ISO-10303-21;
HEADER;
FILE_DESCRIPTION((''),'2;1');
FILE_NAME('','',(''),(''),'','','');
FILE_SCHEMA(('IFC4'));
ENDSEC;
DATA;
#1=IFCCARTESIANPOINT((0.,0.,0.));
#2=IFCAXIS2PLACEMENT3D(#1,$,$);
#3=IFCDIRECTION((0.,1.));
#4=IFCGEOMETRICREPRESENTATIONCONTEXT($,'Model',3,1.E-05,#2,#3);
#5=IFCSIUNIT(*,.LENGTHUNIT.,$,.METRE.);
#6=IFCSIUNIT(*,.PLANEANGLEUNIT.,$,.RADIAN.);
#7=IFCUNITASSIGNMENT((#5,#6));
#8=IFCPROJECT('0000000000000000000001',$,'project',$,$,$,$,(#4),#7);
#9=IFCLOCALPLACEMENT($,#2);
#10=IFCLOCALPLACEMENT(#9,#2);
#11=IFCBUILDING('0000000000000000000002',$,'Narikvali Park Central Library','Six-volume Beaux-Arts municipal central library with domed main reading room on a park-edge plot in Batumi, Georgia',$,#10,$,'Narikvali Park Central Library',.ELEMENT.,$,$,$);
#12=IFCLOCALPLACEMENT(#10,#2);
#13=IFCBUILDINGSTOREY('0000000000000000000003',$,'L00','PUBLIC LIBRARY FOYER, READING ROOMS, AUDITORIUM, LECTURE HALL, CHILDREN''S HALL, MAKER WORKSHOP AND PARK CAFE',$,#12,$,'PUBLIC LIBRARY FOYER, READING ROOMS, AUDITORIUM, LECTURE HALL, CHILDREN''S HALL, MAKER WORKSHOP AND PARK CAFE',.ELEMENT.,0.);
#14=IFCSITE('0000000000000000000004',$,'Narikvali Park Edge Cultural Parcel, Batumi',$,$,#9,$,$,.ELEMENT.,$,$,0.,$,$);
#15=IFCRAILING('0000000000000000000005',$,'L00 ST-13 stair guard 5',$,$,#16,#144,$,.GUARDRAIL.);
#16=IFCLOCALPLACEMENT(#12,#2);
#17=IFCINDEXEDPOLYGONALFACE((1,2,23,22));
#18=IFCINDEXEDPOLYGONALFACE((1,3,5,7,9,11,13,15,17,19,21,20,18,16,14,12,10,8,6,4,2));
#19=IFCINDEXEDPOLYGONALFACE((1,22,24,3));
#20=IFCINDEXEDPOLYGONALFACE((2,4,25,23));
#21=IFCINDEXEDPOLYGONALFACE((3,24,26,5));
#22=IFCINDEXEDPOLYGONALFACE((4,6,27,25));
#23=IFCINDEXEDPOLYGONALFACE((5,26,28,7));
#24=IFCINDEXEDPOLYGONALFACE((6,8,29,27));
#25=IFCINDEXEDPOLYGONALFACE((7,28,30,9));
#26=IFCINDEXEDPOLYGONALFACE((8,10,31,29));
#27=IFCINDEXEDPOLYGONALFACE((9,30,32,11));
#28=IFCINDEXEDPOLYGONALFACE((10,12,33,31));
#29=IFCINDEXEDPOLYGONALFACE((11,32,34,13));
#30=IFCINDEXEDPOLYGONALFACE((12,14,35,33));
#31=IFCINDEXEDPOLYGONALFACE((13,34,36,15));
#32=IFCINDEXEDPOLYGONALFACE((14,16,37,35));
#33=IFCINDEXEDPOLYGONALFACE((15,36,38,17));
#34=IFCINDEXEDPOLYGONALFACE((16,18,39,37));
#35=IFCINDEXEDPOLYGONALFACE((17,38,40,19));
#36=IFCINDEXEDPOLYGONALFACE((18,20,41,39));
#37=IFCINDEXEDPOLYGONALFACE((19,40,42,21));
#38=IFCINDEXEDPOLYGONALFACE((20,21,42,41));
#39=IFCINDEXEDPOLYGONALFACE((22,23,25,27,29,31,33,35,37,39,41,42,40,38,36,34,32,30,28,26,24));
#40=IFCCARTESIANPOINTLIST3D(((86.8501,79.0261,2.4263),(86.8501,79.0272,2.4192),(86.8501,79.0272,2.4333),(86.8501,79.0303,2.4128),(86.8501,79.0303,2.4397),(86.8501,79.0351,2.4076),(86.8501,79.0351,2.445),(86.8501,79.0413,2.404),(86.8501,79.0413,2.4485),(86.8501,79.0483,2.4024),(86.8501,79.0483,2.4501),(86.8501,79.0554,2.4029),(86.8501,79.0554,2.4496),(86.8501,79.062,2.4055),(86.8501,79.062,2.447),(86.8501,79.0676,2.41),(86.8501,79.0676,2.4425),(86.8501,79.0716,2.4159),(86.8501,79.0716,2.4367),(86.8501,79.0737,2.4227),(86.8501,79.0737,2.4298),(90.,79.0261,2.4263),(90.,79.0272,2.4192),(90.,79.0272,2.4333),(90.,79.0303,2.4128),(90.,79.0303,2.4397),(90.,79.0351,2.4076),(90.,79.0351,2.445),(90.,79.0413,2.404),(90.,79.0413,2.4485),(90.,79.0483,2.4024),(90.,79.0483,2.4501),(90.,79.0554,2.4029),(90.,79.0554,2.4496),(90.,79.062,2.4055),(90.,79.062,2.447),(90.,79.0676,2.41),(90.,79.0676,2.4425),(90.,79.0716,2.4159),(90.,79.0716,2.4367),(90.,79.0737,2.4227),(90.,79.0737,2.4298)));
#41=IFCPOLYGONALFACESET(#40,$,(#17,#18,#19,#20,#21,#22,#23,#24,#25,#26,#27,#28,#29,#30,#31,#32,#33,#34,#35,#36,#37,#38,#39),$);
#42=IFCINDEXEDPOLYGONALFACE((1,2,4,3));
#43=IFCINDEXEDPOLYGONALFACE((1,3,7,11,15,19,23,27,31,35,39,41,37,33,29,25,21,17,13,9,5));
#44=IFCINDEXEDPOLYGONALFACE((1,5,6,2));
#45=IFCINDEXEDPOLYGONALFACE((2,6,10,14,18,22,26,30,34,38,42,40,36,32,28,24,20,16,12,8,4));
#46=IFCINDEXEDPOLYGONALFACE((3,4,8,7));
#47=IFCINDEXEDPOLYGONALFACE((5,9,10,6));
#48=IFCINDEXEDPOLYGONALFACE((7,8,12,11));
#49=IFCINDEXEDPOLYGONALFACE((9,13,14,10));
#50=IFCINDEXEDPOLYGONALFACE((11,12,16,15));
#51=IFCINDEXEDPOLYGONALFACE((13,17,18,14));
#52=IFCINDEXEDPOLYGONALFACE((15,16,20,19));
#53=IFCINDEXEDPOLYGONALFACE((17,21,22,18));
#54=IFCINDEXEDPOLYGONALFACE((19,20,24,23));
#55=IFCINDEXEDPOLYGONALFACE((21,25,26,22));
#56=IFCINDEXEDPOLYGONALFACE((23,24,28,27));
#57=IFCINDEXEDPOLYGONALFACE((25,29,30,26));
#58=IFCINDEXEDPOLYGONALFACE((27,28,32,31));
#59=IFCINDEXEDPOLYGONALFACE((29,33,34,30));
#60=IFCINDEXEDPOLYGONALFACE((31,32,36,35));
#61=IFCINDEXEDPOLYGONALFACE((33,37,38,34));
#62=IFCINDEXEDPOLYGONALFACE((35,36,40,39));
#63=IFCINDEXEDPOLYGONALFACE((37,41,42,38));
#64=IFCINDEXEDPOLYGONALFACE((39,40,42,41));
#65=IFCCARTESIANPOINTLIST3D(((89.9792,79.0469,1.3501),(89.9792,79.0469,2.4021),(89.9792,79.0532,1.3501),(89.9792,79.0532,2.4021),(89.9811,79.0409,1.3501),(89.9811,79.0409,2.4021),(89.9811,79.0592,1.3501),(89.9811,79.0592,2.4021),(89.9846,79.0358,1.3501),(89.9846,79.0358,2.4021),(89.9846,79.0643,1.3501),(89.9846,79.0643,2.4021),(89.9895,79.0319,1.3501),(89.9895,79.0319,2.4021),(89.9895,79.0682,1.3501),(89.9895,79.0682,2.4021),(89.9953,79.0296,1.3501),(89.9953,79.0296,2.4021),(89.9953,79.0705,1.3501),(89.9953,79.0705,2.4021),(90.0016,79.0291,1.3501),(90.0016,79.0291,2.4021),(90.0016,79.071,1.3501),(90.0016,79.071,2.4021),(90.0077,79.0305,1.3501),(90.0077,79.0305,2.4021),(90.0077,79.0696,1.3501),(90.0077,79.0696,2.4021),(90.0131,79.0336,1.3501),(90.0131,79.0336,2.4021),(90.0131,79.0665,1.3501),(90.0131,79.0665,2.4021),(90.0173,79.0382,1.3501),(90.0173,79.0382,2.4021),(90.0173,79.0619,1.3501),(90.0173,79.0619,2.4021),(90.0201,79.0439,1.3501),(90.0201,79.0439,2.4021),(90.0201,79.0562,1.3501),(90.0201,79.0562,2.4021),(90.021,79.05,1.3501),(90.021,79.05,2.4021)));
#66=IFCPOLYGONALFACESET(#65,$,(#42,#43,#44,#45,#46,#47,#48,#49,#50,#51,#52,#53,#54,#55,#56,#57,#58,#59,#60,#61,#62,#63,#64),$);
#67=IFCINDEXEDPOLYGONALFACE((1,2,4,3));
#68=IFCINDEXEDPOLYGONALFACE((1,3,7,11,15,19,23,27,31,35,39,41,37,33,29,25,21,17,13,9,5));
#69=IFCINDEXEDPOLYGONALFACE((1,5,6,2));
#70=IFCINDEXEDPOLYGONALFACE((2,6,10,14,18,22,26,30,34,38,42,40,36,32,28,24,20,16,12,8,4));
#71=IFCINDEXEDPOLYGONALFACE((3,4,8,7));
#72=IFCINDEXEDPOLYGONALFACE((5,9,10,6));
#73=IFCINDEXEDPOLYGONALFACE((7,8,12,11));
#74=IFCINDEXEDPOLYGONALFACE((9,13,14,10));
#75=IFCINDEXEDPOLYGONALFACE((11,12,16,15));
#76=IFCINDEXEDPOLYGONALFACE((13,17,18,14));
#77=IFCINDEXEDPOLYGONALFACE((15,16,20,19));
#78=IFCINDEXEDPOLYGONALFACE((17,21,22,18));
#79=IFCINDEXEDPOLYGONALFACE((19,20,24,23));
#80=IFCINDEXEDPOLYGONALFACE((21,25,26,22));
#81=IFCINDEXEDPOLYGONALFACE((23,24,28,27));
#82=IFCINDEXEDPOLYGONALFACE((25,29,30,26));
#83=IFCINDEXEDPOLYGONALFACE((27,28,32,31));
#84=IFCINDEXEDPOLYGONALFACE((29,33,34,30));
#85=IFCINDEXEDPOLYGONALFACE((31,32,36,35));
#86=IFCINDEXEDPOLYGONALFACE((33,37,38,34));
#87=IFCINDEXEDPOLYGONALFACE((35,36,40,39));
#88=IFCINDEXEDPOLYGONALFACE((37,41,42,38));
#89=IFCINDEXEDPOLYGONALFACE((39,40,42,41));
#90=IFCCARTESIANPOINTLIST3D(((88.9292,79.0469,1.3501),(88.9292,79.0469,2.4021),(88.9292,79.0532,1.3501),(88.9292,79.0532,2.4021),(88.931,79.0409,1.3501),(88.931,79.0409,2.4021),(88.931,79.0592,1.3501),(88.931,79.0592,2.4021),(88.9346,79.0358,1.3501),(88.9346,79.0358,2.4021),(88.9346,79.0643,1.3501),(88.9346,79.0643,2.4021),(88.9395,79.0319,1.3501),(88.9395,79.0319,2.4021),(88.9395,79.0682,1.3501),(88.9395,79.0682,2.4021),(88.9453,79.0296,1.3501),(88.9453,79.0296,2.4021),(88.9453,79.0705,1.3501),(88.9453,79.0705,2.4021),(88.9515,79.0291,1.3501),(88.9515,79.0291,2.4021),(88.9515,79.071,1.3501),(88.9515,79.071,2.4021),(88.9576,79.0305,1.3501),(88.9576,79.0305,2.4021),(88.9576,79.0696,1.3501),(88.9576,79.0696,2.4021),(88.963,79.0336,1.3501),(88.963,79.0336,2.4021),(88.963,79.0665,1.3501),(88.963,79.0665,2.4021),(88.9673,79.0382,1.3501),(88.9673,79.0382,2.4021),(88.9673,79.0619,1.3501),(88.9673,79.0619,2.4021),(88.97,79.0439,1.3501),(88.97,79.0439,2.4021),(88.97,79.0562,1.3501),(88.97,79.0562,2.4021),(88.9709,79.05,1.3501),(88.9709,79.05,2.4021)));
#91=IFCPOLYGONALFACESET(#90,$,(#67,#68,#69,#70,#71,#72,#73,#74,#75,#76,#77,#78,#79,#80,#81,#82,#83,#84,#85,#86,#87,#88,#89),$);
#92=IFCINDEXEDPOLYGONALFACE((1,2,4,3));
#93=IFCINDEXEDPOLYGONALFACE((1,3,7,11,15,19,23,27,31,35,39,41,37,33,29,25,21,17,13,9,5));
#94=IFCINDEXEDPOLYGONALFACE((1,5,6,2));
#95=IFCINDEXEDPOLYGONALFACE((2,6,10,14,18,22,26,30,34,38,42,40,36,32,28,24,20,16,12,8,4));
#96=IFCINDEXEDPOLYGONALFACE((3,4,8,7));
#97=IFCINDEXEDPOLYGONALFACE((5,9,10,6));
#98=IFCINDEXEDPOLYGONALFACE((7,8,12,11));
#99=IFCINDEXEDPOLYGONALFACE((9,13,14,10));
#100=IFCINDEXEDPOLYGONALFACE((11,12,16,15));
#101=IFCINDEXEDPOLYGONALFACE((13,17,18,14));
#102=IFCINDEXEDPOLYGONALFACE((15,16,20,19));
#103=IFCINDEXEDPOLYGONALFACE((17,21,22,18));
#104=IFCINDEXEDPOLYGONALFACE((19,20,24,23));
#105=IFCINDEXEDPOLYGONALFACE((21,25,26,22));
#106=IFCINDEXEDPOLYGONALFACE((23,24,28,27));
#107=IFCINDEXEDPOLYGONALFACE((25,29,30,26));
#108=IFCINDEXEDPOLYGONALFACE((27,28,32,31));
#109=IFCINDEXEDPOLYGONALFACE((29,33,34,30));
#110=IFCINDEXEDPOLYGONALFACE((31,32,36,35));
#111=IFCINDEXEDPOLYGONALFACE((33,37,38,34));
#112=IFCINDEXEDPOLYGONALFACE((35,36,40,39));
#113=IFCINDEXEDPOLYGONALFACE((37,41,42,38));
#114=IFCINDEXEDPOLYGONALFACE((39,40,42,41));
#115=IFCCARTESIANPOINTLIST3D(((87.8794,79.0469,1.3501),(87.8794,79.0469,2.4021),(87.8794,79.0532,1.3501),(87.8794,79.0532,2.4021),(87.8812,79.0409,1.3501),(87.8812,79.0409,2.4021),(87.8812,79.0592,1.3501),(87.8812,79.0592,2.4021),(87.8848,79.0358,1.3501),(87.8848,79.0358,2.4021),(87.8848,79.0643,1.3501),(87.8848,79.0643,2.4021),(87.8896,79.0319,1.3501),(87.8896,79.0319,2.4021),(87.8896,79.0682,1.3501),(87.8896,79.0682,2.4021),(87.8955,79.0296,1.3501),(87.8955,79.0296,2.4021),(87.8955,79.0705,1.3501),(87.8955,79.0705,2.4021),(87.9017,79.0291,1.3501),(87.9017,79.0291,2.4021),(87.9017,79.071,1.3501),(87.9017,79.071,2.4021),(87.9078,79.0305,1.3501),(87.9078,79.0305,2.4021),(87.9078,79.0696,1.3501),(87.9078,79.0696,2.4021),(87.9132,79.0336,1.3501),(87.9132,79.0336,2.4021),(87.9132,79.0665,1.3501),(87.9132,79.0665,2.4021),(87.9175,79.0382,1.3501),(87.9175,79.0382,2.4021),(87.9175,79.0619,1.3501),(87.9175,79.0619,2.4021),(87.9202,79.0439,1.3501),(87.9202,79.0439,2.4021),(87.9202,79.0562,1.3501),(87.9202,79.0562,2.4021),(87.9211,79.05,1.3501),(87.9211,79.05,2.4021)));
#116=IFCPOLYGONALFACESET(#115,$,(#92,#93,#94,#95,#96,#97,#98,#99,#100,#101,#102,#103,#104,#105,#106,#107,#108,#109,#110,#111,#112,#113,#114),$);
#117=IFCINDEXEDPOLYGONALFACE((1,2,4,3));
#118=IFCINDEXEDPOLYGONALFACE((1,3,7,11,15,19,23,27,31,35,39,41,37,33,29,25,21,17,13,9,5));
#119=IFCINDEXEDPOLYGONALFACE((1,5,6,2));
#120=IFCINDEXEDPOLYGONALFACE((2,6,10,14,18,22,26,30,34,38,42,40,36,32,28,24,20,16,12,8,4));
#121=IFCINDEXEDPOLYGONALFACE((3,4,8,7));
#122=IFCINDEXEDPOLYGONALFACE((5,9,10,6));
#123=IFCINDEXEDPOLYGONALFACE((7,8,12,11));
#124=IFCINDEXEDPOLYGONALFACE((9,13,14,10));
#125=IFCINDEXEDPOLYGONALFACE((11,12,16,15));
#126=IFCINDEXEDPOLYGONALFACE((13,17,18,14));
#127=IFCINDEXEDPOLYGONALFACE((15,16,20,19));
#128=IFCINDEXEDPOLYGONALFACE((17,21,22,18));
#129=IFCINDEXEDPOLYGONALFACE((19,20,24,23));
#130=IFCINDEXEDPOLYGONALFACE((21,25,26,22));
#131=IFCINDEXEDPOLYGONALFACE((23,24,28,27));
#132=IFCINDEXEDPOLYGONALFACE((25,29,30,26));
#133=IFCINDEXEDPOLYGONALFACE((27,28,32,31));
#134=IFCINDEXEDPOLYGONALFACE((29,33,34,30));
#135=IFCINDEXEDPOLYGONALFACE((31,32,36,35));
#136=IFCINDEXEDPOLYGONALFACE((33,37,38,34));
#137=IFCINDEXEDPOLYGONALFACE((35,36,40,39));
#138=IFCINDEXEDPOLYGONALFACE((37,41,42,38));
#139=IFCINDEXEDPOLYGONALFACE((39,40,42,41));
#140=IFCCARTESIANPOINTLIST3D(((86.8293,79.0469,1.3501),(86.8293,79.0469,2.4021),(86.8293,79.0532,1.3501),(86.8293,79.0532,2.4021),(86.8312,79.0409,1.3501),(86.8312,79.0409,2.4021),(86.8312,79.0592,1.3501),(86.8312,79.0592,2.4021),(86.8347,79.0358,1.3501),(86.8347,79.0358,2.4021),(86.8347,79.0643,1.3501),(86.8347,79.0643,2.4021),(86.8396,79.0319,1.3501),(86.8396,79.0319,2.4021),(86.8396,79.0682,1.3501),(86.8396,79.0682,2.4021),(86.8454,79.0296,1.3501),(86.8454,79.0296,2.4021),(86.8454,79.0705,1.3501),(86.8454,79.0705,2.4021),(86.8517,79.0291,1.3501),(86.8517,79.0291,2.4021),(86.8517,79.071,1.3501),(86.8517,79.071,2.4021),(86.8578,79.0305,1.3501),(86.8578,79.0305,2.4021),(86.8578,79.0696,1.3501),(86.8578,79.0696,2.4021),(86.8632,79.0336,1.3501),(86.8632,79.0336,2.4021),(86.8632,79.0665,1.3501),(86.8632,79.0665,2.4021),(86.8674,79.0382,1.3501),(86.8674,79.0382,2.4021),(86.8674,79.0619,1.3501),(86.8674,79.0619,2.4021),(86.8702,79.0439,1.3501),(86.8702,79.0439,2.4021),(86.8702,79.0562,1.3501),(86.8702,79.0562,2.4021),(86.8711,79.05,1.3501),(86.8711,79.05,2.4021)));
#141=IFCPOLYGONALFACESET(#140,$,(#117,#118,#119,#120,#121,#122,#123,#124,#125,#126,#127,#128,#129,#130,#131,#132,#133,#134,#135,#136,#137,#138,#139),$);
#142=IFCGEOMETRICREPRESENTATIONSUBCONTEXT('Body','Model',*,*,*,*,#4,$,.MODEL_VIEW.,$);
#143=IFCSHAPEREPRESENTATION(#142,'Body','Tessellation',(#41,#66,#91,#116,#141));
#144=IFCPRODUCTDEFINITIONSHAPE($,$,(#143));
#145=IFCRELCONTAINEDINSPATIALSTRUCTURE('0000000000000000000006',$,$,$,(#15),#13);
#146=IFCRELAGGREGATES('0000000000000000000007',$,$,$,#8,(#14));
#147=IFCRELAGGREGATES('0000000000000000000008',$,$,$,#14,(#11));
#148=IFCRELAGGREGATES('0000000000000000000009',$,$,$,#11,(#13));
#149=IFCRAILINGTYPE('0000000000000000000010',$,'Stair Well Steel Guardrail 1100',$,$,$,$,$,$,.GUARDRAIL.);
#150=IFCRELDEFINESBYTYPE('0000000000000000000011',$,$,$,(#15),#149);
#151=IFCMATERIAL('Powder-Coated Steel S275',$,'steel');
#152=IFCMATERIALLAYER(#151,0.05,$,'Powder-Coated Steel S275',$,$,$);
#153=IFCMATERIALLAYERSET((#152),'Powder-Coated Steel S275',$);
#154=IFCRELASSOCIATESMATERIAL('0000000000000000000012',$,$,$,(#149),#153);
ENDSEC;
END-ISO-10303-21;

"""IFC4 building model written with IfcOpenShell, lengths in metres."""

from ifc_helpers import new_model, si_unit, direction, frame, origin, origin_2d, place, context, subcontext, project, spatial, circle, extrude, material, layer, layer_set, type_object, element, save


model = new_model("IFC4")

# Units and contexts
model_context = context("Model", 3, precision=1e-05, world=origin(), true_north=direction((0.0, 1.0)))
body_context = subcontext(model_context, "Body", "Model", "MODEL_VIEW")
ifc_project = project(units=[si_unit("LENGTHUNIT", "METRE"), si_unit("PLANEANGLEUNIT", "RADIAN")], contexts=[model_context])

# Site, building, storey
site_placement = place(None, origin())
site = spatial("IfcSite", under=ifc_project, at=site_placement, Name="Narikvali Park Edge Cultural Parcel, Batumi", CompositionType="ELEMENT", RefElevation=0.0)
building_placement = place(site_placement, origin())
building = spatial("IfcBuilding", under=site, at=building_placement, Name="Narikvali Park Central Library", Description="Six-volume Beaux-Arts municipal central library with domed main reading room on a park-edge plot in Batumi, Georgia", LongName="Narikvali Park Central Library", CompositionType="ELEMENT")
storey_placement = place(building_placement, origin())
storey = spatial("IfcBuildingStorey", under=building, at=storey_placement, Name="L00", Description="PUBLIC LIBRARY FOYER, READING ROOMS, AUDITORIUM, LECTURE HALL, CHILDREN'S HALL, MAKER WORKSHOP AND PARK CAFE", LongName="PUBLIC LIBRARY FOYER, READING ROOMS, AUDITORIUM, LECTURE HALL, CHILDREN'S HALL, MAKER WORKSHOP AND PARK CAFE", CompositionType="ELEMENT", Elevation=0.0)

# Railing
ifc_material_1 = material(Name="Powder-Coated Steel S275", Category="steel")
ifc_layer_1 = layer(ifc_material_1, 0.05, Name="Powder-Coated Steel S275")
ifc_layer_set_1 = layer_set([ifc_layer_1], Name="Powder-Coated Steel S275")
railing_type_1 = type_object("IfcRailingType", Name="Stair Well Steel Guardrail 1100", PredefinedType="GUARDRAIL", material=ifc_layer_set_1)
railing_1_placement = place(storey_placement, frame((90.0, 79.05, 1.3501)))
element("IfcRailing", 1, at=railing_1_placement, inside=storey, type_object=railing_type_1, Name="L00 ST-13 stair guard 5", PredefinedType="GUARDRAIL", context=body_context, shape_type="SweptSolid", body=[
    extrude(circle(Radius=0.0239, at=origin_2d()), frame((0.0, 0.0, 1.0762), z_axis=(-1.0, 0.0, 0.0), x_axis=(0.0, -1.0, 0.0)), (0.0, 0.0, 1.0), 3.1499),
    extrude(circle(Radius=0.021, at=origin_2d()), origin(), (0.0, 0.0, 1.0), 1.052),
    extrude(circle(Radius=0.021, at=origin_2d()), frame((-1.05, 0.0, 0.0)), (0.0, 0.0, 1.0), 1.052),
    extrude(circle(Radius=0.021, at=origin_2d()), frame((-2.0999, 0.0, 0.0)), (0.0, 0.0, 1.0), 1.052),
    extrude(circle(Radius=0.021, at=origin_2d()), frame((-3.1499, 0.0, 0.0)), (0.0, 0.0, 1.0), 1.052),
])

save(model, "model.ifc")
